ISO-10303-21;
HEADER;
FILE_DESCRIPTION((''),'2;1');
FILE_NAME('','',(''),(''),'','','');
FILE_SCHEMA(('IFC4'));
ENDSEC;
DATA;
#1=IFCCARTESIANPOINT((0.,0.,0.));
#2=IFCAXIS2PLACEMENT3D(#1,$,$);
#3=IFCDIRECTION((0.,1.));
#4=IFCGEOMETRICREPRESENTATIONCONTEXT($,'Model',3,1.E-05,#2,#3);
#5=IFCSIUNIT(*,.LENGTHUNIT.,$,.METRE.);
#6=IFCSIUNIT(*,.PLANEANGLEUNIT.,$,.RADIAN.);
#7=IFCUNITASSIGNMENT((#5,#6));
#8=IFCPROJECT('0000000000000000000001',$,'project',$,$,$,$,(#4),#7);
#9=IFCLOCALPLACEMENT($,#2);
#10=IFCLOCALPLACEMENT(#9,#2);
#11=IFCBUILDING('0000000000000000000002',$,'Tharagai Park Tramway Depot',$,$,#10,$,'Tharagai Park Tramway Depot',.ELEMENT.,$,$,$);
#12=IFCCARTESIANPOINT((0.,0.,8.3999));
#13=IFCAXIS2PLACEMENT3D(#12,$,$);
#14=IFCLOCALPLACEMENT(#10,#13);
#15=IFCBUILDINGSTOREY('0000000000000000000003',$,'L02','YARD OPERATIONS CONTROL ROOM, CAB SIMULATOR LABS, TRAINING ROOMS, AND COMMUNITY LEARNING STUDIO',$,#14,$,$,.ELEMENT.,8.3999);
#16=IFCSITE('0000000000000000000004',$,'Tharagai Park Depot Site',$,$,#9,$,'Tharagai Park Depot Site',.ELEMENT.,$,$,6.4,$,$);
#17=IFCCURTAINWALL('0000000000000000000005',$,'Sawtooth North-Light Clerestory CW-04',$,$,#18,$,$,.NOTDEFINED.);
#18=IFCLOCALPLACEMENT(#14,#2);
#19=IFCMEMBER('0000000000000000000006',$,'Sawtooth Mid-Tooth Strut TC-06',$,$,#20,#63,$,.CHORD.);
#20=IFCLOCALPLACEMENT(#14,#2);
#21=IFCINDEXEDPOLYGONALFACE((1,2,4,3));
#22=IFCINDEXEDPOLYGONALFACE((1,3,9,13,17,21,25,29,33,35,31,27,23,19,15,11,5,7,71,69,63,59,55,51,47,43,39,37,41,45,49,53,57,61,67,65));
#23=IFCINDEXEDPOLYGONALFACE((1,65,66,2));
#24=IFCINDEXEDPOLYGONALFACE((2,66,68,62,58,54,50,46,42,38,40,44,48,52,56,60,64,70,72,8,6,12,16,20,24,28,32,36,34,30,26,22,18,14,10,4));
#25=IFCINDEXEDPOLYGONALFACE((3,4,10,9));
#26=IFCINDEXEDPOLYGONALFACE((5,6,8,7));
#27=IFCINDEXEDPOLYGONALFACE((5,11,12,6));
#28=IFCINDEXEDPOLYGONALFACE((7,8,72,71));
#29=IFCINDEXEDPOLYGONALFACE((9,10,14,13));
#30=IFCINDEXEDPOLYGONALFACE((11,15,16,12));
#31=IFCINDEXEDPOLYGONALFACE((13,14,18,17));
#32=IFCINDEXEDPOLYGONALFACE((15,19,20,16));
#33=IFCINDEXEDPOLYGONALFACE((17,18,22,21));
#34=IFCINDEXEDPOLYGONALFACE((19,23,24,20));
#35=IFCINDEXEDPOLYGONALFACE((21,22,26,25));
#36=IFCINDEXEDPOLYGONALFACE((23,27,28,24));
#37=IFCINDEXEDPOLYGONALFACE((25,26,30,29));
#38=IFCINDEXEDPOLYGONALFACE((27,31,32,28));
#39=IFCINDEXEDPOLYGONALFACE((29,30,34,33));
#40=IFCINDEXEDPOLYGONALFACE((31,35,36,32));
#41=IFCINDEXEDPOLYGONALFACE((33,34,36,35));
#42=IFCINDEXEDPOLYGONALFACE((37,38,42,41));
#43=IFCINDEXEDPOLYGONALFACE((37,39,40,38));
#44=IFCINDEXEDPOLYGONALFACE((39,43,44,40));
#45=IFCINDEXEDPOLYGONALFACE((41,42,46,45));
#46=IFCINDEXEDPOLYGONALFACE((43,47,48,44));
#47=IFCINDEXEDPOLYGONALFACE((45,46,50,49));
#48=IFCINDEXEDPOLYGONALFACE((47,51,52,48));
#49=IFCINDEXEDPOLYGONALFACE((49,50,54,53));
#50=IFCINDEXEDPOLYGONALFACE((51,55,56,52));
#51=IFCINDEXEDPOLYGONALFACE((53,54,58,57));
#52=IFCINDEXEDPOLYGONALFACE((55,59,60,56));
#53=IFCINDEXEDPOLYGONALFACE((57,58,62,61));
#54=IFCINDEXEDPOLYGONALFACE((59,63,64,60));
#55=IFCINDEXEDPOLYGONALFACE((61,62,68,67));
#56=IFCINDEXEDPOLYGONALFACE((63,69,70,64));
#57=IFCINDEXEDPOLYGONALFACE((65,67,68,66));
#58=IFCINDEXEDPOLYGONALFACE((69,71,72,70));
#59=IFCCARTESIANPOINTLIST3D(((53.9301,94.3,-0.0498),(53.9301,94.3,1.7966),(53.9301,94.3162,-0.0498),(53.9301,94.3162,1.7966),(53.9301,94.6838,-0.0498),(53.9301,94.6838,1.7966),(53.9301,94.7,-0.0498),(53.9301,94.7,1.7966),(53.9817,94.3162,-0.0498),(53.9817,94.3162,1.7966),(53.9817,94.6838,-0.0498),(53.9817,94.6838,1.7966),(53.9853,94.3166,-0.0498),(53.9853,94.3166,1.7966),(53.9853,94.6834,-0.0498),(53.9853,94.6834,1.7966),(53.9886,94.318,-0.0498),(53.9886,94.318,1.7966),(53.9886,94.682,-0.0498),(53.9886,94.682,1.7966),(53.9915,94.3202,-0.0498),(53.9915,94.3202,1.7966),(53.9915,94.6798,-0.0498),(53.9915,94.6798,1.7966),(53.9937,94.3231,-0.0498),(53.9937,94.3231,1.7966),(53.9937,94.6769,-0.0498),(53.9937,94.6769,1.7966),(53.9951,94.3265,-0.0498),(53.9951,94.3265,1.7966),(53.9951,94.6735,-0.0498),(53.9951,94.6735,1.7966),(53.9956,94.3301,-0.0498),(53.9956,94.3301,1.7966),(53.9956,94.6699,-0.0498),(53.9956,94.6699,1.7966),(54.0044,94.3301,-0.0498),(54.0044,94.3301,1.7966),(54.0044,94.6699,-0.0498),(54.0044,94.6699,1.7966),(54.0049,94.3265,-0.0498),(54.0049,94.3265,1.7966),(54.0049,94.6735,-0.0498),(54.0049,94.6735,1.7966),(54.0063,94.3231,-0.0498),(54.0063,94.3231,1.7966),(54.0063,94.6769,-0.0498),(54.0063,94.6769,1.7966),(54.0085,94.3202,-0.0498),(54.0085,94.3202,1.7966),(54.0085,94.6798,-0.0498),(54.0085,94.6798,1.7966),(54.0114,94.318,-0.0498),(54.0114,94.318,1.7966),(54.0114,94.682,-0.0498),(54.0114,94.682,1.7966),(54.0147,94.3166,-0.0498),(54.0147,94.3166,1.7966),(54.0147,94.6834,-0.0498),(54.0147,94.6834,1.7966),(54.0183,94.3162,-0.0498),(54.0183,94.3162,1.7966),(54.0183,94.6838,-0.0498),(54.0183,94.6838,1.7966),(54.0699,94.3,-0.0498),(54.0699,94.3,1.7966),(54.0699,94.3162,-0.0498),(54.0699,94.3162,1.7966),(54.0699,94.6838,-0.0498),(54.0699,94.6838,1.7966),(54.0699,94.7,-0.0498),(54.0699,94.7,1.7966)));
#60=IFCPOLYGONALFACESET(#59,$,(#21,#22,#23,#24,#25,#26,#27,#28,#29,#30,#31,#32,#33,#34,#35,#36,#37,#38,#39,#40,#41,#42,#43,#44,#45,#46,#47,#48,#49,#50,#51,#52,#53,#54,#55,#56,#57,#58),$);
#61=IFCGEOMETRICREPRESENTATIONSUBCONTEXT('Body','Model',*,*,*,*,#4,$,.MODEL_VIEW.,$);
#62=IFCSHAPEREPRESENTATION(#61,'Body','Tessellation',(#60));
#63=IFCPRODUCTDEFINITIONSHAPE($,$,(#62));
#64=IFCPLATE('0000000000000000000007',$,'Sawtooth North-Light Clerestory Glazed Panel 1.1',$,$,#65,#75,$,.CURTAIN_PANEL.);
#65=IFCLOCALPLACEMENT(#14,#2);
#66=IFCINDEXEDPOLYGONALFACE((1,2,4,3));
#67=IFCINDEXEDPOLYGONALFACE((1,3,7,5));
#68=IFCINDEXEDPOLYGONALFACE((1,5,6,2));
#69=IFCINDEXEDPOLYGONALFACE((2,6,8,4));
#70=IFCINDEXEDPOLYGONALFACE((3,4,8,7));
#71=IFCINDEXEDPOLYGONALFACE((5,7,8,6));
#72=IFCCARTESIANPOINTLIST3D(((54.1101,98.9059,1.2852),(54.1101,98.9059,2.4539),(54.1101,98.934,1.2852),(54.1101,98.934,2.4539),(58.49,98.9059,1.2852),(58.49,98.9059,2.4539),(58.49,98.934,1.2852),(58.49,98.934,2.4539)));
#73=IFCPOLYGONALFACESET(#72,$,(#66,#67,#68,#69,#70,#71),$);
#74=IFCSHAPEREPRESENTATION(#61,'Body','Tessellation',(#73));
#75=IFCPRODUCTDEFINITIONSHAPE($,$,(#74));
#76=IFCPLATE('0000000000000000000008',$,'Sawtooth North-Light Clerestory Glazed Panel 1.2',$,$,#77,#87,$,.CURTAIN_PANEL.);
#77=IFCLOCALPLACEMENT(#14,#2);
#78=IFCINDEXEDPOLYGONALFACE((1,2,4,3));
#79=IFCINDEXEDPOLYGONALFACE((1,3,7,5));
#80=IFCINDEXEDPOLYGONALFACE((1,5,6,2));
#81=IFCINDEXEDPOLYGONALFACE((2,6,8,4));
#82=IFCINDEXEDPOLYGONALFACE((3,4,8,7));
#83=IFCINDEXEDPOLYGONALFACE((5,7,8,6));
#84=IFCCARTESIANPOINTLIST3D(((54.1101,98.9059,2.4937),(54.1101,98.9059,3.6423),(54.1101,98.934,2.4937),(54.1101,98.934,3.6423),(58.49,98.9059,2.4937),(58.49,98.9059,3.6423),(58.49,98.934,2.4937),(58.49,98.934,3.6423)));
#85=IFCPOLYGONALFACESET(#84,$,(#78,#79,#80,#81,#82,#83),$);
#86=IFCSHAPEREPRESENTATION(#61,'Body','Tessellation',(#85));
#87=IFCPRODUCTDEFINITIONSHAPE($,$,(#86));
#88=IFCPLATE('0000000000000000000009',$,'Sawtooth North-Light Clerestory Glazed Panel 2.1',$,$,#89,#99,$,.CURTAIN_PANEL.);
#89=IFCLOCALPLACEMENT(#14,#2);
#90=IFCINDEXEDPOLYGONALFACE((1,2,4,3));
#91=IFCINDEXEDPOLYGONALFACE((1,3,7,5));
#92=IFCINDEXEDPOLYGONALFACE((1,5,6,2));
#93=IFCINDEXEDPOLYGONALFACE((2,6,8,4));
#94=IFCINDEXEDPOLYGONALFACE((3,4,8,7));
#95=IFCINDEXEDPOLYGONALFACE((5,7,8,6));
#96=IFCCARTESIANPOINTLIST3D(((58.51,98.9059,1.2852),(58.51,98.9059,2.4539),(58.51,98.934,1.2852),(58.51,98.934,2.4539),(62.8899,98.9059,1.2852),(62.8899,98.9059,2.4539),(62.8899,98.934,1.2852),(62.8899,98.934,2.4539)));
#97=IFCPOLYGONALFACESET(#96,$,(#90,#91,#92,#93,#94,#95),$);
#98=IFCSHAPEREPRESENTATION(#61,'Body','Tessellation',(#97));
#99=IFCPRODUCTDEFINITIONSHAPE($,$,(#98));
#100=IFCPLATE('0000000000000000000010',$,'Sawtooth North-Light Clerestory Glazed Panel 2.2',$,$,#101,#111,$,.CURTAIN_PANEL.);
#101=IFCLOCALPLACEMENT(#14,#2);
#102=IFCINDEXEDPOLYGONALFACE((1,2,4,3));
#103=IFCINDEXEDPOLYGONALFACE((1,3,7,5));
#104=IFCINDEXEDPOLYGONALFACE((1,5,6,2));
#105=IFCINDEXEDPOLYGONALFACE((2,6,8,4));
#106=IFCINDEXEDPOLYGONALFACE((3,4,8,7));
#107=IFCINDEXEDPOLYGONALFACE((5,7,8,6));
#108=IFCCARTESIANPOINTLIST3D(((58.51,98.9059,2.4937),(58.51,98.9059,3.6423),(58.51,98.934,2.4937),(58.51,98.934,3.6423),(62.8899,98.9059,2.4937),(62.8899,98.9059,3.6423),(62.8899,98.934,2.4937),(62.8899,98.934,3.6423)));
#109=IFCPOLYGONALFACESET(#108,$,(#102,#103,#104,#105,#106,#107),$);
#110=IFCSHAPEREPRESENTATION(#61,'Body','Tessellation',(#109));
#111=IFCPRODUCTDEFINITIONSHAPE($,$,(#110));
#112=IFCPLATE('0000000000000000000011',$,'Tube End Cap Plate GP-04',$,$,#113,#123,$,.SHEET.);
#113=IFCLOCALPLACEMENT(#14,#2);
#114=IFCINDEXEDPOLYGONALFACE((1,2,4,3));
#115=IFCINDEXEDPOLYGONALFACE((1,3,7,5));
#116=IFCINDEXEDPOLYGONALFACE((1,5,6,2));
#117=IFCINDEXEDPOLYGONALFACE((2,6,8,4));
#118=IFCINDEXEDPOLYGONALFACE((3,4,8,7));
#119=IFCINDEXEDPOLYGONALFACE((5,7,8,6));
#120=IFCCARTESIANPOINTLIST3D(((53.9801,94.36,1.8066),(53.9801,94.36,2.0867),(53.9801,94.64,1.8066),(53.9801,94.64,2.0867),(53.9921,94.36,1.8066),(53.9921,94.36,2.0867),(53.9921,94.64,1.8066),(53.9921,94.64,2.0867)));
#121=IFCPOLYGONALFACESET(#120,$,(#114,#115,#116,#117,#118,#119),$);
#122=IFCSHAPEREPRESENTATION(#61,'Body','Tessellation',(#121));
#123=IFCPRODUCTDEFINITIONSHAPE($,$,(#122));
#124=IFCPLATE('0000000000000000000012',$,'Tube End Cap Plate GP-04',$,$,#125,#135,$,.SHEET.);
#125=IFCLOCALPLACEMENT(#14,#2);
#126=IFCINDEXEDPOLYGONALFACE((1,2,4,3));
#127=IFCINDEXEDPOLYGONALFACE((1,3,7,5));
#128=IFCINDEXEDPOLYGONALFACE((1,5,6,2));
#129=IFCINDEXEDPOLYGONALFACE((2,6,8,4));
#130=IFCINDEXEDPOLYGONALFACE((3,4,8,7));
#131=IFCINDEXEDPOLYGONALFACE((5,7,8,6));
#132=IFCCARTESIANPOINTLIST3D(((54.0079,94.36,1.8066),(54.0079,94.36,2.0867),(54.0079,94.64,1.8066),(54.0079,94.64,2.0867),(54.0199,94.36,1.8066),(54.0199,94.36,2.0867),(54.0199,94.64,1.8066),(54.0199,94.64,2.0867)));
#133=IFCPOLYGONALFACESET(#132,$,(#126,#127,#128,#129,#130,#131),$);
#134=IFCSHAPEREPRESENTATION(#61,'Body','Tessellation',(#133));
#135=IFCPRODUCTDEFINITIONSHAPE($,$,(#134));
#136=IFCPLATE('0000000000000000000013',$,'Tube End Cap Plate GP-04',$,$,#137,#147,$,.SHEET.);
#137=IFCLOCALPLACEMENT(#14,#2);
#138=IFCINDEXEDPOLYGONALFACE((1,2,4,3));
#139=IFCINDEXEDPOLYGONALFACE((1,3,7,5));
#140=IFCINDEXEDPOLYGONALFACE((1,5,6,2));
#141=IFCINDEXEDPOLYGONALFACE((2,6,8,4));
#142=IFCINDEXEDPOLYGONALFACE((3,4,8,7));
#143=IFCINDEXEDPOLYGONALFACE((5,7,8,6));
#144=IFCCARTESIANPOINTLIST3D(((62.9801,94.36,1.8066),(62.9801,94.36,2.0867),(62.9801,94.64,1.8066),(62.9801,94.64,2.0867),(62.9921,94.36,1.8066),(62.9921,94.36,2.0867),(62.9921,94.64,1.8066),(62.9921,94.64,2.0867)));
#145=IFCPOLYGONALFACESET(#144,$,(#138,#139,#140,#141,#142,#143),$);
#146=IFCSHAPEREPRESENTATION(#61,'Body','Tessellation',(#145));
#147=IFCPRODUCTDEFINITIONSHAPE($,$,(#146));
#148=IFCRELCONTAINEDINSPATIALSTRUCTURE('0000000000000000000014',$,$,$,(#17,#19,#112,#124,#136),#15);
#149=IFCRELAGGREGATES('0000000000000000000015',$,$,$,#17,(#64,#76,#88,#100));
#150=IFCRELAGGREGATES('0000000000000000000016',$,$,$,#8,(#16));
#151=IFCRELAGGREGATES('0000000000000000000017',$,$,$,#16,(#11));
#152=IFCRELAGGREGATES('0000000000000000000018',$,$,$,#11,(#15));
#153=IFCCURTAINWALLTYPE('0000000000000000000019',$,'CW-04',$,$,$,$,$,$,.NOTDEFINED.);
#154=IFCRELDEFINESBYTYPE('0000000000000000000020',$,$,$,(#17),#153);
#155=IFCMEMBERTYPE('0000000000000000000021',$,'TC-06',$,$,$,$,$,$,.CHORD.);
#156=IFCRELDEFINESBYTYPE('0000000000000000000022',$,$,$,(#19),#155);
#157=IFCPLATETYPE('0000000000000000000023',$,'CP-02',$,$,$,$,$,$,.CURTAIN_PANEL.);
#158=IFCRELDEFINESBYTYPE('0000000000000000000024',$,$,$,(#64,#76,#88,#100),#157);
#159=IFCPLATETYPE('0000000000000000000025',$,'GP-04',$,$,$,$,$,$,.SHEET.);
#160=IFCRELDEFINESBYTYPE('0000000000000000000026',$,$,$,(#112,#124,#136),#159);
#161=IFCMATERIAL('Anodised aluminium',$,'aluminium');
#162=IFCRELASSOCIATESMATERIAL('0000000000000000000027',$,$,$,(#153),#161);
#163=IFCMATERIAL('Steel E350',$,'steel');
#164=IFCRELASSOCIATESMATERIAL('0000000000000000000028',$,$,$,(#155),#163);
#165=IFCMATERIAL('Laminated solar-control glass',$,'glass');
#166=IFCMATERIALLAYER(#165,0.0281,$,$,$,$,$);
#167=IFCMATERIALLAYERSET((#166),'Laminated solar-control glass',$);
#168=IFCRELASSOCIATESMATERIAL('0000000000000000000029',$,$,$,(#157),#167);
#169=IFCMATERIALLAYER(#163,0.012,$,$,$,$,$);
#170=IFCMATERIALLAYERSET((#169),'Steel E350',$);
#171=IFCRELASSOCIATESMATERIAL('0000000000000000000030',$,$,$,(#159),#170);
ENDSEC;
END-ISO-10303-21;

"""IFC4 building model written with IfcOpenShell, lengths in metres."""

from ifc_helpers import new_model, si_unit, direction, frame, origin, origin_2d, place, context, subcontext, project, spatial, rectangle, i_section, extrude, material, layer, layer_set, material_profile, profile_set, type_object, element, aggregate, save


model = new_model("IFC4")

# Units and contexts
model_context = context("Model", 3, precision=1e-05, world=origin(), true_north=direction((0.0, 1.0)))
body_context = subcontext(model_context, "Body", "Model", "MODEL_VIEW")
ifc_project = project(units=[si_unit("LENGTHUNIT", "METRE"), si_unit("PLANEANGLEUNIT", "RADIAN")], contexts=[model_context])

# Site, building, storey
site_placement = place(None, origin())
site = spatial("IfcSite", under=ifc_project, at=site_placement, Name="Tharagai Park Depot Site", LongName="Tharagai Park Depot Site", CompositionType="ELEMENT", RefElevation=6.4)
building_placement = place(site_placement, origin())
building = spatial("IfcBuilding", under=site, at=building_placement, Name="Tharagai Park Tramway Depot", LongName="Tharagai Park Tramway Depot", CompositionType="ELEMENT")
storey_placement = place(building_placement, frame((0.0, 0.0, 8.3999)))
storey = spatial("IfcBuildingStorey", under=building, at=storey_placement, Name="L02", Description="YARD OPERATIONS CONTROL ROOM, CAB SIMULATOR LABS, TRAINING ROOMS, AND COMMUNITY LEARNING STUDIO", CompositionType="ELEMENT", Elevation=8.3999)

# Shared definitions
ifc_material_1 = material(Name="Steel E350", Category="steel")

# Curtain wall
ifc_material_2 = material(Name="Anodised aluminium", Category="aluminium")
curtain_wall_type = type_object("IfcCurtainWallType", Name="CW-04", PredefinedType="NOTDEFINED", material=ifc_material_2)
curtain_wall_1_placement = place(storey_placement, origin())
curtain_wall_1 = element("IfcCurtainWall", 1, at=curtain_wall_1_placement, inside=storey, type_object=curtain_wall_type, Name="Sawtooth North-Light Clerestory CW-04", PredefinedType="NOTDEFINED")

# Member
ifc_material_profile_1 = material_profile(ifc_material_1, i_section(OverallWidth=0.1399, OverallDepth=0.3999, WebThickness=0.0088, FlangeThickness=0.0161, FilletRadius=0.0139, at=origin_2d()), Name="ISMB 400")
ifc_profile_set_1 = profile_set([ifc_material_profile_1], Name="Steel E350")
member_type_1 = type_object("IfcMemberType", Name="TC-06", PredefinedType="CHORD", material=ifc_profile_set_1)
member_1_placement = place(storey_placement, frame((54.0, 94.5, -0.0498), z_axis=(0.0, 0.0, 1.0), x_axis=(1.0, 0.0, 0.0)))
element("IfcMember", 2, at=member_1_placement, inside=storey, type_object=member_type_1, Name="Sawtooth Mid-Tooth Strut TC-06", PredefinedType="CHORD", context=body_context, shape_type="SweptSolid", body=[
    extrude(i_section(OverallWidth=0.1399, OverallDepth=0.3999, WebThickness=0.0088, FlangeThickness=0.0161, FilletRadius=0.0139, at=origin_2d()), origin(), (0.0, 0.0, 1.0), 1.8464),
])

# Plates
ifc_material_3 = material(Name="Laminated solar-control glass", Category="glass")
ifc_layer_1 = layer(ifc_material_3, 0.0281)
ifc_layer_set_1 = layer_set([ifc_layer_1], Name="Laminated solar-control glass")
plate_type_1 = type_object("IfcPlateType", Name="CP-02", PredefinedType="CURTAIN_PANEL", material=ifc_layer_set_1)
plate_1_placement = place(storey_placement, frame((56.3, 98.9199, 1.2852), z_axis=(0.0, 0.0, 1.0), x_axis=(1.0, 0.0, 0.0)))
plate_1 = element("IfcPlate", 3, at=plate_1_placement, type_object=plate_type_1, Name="Sawtooth North-Light Clerestory Glazed Panel 1.1", PredefinedType="CURTAIN_PANEL", context=body_context, shape_type="SweptSolid", body=[
    extrude(rectangle(XDim=4.3799, YDim=0.0281, at=origin_2d()), origin(), (0.0, 0.0, 1.0), 1.1687),
])
plate_2_placement = place(storey_placement, frame((56.3, 98.9199, 2.4937), z_axis=(0.0, 0.0, 1.0), x_axis=(1.0, 0.0, 0.0)))
plate_2 = element("IfcPlate", 4, at=plate_2_placement, type_object=plate_type_1, Name="Sawtooth North-Light Clerestory Glazed Panel 1.2", PredefinedType="CURTAIN_PANEL", context=body_context, shape_type="SweptSolid", body=[
    extrude(rectangle(XDim=4.3799, YDim=0.0281, at=origin_2d()), origin(), (0.0, 0.0, 1.0), 1.1487),
])
plate_3_placement = place(storey_placement, frame((60.7, 98.9199, 1.2852), z_axis=(0.0, 0.0, 1.0), x_axis=(1.0, 0.0, 0.0)))
plate_3 = element("IfcPlate", 5, at=plate_3_placement, type_object=plate_type_1, Name="Sawtooth North-Light Clerestory Glazed Panel 2.1", PredefinedType="CURTAIN_PANEL", context=body_context, shape_type="SweptSolid", body=[
    extrude(rectangle(XDim=4.3799, YDim=0.0281, at=origin_2d()), origin(), (0.0, 0.0, 1.0), 1.1687),
])
plate_4_placement = place(storey_placement, frame((60.7, 98.9199, 2.4937), z_axis=(0.0, 0.0, 1.0), x_axis=(1.0, 0.0, 0.0)))
plate_4 = element("IfcPlate", 6, at=plate_4_placement, type_object=plate_type_1, Name="Sawtooth North-Light Clerestory Glazed Panel 2.2", PredefinedType="CURTAIN_PANEL", context=body_context, shape_type="SweptSolid", body=[
    extrude(rectangle(XDim=4.3799, YDim=0.0281, at=origin_2d()), origin(), (0.0, 0.0, 1.0), 1.1487),
])
aggregate(curtain_wall_1, [plate_1, plate_2, plate_3, plate_4])

# Plates
ifc_layer_2 = layer(ifc_material_1, 0.012)
ifc_layer_set_2 = layer_set([ifc_layer_2], Name="Steel E350")
plate_type_2 = type_object("IfcPlateType", Name="GP-04", PredefinedType="SHEET", material=ifc_layer_set_2)
for number, where, z_axis, x_axis, name in (
    (7, (53.9861, 94.5, 1.8066), (0.0, 0.0, 1.0), (1.0, 0.0, 0.0), "Tube End Cap Plate GP-04"),
    (8, (54.0139, 94.5, 1.8066), (0.0, 0.0, 1.0), (1.0, 0.0, 0.0), "Tube End Cap Plate GP-04"),
    (9, (62.9861, 94.5, 1.8066), (0.0, 0.0, 1.0), (1.0, 0.0, 0.0), "Tube End Cap Plate GP-04"),
):
    element("IfcPlate", number, at=place(storey_placement, frame(where, z_axis=z_axis, x_axis=x_axis)), inside=storey, type_object=plate_type_2, Name=name, PredefinedType="SHEET", context=body_context, shape_type="SweptSolid", body=[
        extrude(rectangle(XDim=0.012, YDim=0.28, at=origin_2d()), origin(), (0.0, 0.0, 1.0), 0.28),
    ])

save(model, "model.ifc")
